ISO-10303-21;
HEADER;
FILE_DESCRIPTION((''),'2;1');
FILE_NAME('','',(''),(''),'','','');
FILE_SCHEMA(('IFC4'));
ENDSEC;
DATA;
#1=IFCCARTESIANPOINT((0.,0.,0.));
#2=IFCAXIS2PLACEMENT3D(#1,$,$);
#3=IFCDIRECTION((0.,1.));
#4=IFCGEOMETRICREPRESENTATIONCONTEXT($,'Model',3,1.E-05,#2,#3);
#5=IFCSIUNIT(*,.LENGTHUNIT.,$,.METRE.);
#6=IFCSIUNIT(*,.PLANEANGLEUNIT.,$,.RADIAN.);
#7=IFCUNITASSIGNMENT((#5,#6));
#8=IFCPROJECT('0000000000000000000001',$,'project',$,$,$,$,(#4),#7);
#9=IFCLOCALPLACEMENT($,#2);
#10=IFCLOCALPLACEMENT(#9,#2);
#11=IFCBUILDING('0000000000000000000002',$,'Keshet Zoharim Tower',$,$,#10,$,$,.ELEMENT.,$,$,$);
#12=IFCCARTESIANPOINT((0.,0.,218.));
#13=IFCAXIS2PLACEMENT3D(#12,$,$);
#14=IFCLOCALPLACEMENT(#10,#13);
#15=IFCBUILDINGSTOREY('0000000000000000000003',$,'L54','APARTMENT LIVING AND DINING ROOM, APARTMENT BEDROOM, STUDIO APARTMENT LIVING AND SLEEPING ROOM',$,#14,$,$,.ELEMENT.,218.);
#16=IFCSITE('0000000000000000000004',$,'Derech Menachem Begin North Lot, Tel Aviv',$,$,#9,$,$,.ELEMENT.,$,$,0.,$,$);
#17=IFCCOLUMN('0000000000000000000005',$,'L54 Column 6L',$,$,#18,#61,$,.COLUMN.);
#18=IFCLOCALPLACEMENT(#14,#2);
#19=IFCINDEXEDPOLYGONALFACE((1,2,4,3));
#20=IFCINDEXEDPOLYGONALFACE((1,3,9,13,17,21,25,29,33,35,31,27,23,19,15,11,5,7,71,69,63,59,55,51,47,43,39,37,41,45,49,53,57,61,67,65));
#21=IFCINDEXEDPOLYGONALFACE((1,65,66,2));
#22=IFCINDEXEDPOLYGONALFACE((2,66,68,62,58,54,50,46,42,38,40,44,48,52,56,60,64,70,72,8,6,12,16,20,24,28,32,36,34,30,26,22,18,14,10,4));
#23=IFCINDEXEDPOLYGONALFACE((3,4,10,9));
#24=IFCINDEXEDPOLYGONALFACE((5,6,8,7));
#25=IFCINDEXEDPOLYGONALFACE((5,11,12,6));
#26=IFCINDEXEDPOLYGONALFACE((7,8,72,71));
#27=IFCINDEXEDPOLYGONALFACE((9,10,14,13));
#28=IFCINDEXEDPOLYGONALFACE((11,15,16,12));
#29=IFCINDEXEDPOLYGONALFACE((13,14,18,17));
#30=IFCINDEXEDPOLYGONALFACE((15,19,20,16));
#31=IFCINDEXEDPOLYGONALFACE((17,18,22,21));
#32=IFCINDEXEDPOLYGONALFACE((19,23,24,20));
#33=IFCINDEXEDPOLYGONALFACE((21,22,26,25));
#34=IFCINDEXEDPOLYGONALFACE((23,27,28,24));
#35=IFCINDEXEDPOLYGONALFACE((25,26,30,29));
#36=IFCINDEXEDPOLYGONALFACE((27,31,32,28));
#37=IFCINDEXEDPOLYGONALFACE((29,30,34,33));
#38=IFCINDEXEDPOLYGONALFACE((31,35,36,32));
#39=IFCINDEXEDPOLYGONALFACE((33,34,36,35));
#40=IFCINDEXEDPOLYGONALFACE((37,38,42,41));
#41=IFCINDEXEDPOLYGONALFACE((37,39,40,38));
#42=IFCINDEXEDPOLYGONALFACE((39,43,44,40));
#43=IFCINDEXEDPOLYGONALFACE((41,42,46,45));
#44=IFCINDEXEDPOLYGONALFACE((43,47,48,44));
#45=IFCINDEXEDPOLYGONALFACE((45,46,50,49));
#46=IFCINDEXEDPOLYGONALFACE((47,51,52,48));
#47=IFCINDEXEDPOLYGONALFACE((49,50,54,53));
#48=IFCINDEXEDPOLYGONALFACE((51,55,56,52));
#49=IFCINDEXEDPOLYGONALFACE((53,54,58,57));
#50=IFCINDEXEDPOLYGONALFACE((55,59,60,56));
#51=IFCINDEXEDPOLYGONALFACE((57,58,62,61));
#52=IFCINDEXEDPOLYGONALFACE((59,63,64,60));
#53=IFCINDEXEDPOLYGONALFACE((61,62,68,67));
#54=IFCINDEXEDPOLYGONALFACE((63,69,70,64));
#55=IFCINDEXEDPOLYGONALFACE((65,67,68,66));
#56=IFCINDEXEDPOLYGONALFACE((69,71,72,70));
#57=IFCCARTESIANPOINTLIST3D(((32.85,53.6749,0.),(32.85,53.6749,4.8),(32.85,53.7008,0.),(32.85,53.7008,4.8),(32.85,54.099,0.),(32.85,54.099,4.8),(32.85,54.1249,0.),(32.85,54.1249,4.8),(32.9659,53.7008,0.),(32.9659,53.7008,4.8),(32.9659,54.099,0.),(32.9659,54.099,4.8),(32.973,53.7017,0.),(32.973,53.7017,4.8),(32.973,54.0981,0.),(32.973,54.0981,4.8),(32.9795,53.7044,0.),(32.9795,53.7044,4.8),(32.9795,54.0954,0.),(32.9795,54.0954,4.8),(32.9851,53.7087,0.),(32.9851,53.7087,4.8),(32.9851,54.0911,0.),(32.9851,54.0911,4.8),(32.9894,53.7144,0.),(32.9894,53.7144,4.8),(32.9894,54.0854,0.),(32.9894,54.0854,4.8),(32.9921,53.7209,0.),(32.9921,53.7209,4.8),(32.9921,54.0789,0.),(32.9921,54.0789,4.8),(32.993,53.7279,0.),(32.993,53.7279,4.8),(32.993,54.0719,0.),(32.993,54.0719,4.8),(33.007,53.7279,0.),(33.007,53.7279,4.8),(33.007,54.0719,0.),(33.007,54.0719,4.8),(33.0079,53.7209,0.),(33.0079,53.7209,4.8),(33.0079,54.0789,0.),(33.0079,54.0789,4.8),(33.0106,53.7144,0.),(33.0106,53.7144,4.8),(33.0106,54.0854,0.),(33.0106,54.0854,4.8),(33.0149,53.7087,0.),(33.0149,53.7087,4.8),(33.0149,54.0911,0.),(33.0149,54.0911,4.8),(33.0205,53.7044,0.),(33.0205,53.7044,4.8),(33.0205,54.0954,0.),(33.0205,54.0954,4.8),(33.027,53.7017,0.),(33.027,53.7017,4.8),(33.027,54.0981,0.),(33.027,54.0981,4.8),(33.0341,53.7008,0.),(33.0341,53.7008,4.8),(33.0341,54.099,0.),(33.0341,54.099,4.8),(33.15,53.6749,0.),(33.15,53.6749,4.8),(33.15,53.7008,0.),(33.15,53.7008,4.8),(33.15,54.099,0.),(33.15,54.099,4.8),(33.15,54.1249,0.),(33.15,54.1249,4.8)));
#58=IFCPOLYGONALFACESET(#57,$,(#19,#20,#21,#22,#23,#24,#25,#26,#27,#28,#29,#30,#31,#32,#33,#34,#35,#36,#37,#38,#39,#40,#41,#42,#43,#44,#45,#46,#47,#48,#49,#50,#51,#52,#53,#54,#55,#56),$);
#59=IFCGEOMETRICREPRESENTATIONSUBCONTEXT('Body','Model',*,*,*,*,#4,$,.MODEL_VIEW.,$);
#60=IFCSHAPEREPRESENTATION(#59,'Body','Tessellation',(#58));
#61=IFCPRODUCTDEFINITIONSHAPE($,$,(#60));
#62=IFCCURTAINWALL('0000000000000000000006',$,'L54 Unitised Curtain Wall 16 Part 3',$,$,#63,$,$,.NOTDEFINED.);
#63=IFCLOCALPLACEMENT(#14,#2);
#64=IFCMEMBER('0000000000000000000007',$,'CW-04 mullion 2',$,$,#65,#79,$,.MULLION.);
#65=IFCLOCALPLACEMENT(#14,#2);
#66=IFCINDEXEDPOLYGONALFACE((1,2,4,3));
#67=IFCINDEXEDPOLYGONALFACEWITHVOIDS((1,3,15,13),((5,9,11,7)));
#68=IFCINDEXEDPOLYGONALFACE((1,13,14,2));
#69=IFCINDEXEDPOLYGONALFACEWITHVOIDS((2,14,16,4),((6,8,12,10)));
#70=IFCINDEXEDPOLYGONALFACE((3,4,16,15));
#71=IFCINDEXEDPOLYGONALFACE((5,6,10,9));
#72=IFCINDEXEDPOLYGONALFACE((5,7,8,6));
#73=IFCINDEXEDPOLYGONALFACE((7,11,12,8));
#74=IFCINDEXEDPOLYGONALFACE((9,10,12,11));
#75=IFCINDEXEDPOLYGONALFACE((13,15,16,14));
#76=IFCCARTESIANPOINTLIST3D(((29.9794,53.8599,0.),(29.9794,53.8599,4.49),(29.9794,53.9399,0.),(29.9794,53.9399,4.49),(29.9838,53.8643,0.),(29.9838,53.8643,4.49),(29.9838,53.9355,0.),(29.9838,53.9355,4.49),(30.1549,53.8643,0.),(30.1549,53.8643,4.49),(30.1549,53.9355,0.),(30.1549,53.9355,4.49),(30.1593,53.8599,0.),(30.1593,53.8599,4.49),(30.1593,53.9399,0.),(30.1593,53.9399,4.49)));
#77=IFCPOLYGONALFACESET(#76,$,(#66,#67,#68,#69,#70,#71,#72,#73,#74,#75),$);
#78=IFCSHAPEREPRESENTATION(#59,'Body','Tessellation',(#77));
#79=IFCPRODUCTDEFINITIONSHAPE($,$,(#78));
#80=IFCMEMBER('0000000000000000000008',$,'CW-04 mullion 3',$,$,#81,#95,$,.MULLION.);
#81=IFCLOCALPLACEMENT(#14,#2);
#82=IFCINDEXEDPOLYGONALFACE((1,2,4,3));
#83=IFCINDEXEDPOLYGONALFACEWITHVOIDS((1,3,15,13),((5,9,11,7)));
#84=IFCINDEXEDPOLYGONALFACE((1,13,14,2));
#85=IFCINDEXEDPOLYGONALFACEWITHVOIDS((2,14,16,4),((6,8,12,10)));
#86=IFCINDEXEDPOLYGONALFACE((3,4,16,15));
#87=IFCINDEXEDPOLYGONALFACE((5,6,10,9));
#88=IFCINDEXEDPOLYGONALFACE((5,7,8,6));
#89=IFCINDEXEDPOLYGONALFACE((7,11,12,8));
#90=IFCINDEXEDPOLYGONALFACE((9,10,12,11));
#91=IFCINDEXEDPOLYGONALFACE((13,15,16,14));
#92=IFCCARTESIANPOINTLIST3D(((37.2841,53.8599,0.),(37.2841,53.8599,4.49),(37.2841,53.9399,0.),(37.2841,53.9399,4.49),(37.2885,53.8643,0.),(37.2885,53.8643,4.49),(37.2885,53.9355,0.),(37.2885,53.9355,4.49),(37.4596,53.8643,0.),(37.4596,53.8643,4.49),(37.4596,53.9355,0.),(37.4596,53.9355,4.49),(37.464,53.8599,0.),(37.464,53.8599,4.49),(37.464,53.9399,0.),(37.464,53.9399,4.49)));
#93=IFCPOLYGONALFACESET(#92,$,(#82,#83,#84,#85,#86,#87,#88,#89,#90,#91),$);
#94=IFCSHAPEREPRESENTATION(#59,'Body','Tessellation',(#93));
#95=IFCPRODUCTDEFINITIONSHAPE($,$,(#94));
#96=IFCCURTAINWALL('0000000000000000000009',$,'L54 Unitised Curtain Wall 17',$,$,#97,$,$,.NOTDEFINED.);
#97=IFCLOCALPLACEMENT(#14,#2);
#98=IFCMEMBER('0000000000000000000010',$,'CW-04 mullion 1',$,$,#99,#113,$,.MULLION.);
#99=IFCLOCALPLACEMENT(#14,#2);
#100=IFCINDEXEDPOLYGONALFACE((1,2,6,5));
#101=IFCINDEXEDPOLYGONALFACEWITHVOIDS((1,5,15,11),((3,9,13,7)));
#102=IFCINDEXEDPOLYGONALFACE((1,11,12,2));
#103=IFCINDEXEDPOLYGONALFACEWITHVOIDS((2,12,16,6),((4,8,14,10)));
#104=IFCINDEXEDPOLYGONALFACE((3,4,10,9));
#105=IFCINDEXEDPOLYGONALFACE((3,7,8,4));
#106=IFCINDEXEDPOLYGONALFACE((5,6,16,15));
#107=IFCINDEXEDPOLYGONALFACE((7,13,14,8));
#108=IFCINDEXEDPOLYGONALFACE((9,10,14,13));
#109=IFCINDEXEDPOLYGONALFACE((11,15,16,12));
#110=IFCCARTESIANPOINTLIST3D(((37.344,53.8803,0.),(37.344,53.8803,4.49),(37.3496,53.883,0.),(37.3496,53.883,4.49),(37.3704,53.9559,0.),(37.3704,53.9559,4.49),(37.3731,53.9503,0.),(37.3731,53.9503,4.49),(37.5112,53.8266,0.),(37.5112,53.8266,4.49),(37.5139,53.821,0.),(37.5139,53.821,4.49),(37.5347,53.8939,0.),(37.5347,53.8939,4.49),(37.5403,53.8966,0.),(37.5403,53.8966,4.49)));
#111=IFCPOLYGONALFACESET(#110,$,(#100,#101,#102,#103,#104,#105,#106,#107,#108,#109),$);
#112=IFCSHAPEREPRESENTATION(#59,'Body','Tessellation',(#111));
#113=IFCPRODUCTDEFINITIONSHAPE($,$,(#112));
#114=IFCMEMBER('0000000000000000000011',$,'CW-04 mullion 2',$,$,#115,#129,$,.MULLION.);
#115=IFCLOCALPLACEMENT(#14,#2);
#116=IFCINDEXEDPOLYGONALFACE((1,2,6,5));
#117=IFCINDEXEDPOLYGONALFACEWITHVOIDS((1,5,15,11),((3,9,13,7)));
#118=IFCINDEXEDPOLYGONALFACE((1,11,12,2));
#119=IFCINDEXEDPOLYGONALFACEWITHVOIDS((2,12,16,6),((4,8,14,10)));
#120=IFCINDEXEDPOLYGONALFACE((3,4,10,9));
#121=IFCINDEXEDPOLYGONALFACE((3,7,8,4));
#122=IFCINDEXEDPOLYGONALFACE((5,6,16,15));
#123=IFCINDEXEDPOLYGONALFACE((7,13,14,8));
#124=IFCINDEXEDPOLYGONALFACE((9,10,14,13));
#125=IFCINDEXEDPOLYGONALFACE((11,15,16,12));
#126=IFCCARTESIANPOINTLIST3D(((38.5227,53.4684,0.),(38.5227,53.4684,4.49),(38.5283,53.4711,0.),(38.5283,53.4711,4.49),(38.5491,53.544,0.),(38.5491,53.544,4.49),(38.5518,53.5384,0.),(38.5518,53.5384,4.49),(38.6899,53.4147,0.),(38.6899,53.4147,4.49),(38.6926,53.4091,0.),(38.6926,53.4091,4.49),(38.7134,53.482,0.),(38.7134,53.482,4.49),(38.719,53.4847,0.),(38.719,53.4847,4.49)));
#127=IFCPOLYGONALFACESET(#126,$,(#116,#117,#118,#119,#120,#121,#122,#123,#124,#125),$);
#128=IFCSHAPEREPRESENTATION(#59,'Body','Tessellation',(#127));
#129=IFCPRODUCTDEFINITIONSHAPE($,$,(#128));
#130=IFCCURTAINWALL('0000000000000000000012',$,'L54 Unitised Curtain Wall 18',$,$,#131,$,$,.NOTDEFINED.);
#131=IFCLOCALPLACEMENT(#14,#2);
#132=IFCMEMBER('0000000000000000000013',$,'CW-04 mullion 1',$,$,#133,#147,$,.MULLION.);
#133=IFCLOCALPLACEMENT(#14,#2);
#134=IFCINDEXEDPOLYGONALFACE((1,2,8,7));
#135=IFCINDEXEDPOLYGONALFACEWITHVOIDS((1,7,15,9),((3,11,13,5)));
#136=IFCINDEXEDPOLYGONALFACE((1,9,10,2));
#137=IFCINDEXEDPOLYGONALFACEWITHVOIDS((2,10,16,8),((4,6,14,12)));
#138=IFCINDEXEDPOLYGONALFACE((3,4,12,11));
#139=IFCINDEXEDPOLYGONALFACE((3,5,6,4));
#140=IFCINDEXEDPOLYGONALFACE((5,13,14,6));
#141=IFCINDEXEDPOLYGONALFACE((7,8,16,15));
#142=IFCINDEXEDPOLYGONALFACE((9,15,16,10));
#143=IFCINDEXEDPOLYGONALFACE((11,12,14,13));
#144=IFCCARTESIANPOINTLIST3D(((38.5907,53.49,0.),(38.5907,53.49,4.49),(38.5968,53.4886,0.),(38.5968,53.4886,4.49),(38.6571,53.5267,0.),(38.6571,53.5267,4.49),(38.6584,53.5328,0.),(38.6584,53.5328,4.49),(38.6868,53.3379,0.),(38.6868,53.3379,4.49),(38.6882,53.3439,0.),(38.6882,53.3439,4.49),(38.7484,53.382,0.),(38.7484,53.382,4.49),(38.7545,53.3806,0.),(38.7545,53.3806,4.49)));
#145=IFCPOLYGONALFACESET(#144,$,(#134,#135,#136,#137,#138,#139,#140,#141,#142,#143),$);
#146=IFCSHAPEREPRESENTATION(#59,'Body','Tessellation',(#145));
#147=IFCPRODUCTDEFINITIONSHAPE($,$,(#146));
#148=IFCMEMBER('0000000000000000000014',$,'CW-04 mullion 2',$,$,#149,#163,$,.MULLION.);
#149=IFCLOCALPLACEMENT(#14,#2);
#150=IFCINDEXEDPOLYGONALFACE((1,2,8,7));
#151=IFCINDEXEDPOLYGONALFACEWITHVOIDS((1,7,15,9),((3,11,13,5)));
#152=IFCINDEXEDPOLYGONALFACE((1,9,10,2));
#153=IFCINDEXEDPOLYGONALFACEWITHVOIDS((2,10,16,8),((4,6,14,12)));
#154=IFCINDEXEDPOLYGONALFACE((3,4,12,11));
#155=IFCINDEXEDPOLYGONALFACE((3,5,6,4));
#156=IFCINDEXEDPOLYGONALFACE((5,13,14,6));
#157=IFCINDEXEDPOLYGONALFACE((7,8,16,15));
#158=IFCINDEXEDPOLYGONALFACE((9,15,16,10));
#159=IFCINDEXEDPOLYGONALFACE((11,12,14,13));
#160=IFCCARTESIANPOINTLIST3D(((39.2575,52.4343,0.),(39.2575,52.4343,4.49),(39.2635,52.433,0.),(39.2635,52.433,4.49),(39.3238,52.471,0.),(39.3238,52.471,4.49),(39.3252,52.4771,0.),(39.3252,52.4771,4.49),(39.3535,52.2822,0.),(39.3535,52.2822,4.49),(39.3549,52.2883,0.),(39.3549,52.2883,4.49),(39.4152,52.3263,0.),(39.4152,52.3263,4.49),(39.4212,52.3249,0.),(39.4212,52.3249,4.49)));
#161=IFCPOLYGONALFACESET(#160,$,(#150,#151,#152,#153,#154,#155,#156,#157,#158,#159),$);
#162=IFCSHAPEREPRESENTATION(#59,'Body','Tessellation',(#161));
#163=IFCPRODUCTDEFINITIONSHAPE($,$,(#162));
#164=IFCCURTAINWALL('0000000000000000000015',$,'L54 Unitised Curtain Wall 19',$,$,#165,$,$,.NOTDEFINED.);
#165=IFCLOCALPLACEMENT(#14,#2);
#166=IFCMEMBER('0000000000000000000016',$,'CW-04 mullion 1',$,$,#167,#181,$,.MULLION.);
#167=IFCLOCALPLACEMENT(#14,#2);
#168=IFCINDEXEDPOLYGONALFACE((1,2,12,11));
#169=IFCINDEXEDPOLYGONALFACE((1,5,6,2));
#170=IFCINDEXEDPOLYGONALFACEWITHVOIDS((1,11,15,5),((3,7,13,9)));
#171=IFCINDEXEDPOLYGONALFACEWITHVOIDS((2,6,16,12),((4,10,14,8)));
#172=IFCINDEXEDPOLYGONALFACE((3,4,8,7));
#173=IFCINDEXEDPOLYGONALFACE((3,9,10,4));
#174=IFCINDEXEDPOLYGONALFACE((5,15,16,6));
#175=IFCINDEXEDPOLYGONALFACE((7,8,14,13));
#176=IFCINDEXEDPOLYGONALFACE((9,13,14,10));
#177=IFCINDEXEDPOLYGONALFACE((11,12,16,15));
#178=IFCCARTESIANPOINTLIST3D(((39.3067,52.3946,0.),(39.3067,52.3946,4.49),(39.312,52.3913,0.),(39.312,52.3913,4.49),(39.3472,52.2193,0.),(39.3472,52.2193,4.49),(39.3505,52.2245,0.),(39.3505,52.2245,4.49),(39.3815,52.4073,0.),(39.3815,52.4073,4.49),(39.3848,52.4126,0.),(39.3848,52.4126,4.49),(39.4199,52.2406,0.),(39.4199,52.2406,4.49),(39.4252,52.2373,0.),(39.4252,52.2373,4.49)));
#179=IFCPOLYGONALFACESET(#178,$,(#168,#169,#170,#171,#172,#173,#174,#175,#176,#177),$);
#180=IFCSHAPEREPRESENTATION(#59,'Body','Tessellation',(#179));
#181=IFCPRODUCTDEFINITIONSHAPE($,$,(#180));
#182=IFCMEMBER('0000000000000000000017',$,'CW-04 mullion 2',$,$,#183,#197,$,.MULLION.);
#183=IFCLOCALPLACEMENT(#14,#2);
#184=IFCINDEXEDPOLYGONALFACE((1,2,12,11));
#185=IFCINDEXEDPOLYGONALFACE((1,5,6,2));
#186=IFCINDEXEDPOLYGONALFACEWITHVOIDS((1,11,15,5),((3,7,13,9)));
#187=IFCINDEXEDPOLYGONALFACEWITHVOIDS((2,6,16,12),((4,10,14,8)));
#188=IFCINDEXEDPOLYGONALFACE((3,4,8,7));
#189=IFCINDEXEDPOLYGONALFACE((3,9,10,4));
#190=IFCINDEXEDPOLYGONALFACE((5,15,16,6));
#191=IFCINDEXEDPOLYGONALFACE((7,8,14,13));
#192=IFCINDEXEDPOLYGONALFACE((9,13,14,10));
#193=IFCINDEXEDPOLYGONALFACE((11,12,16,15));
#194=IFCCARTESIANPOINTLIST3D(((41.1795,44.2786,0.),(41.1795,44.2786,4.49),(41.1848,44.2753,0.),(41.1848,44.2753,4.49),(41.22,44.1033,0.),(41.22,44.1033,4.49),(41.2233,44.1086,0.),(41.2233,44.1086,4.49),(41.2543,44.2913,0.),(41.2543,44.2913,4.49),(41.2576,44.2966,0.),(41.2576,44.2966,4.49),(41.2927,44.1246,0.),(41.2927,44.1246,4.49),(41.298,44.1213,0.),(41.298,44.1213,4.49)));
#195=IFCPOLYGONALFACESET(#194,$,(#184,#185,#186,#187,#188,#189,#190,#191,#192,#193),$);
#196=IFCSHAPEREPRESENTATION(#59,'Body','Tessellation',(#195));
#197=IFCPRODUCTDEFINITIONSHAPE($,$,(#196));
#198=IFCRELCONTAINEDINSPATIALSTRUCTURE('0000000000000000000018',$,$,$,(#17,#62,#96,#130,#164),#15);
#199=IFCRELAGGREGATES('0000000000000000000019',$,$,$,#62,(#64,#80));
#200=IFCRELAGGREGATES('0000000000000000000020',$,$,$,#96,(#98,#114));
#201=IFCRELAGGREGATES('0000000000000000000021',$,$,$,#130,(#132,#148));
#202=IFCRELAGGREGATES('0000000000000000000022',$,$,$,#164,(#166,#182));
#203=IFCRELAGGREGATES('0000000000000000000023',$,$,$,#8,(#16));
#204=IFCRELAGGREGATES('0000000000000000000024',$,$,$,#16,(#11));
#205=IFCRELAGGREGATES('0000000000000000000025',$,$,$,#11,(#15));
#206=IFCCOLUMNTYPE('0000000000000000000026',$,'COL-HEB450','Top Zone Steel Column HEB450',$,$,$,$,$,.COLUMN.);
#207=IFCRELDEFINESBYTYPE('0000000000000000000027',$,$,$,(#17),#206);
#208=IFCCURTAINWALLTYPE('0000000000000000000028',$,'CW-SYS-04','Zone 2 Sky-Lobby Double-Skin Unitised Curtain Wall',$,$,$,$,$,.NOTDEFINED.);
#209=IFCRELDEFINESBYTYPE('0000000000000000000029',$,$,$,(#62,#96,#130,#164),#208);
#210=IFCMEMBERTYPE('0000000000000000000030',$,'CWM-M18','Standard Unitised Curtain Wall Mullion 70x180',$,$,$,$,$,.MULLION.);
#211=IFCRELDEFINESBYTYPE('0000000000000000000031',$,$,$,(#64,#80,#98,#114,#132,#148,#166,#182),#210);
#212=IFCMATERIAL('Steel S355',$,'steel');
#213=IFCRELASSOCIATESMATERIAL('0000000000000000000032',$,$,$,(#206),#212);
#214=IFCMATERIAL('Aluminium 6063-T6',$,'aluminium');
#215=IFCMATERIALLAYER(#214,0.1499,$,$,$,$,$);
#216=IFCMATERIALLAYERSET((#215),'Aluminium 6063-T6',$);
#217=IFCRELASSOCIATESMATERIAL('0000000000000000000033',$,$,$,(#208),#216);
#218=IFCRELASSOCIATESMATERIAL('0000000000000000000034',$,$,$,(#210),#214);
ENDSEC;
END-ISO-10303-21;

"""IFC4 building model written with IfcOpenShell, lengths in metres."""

from ifc_helpers import new_model, si_unit, direction, frame, origin, origin_2d, place, context, subcontext, project, spatial, hollow_rectangle, i_section, extrude, material, layer, layer_set, material_profile, profile_set, type_object, element, aggregate, save


model = new_model("IFC4")

# Units and contexts
model_context = context("Model", 3, precision=1e-05, world=origin(), true_north=direction((0.0, 1.0)))
body_context = subcontext(model_context, "Body", "Model", "MODEL_VIEW")
ifc_project = project(units=[si_unit("LENGTHUNIT", "METRE"), si_unit("PLANEANGLEUNIT", "RADIAN")], contexts=[model_context])

# Site, building, storey
site_placement = place(None, origin())
site = spatial("IfcSite", under=ifc_project, at=site_placement, Name="Derech Menachem Begin North Lot, Tel Aviv", CompositionType="ELEMENT", RefElevation=0.0)
building_placement = place(site_placement, origin())
building = spatial("IfcBuilding", under=site, at=building_placement, Name="Keshet Zoharim Tower", CompositionType="ELEMENT")
storey_placement = place(building_placement, frame((0.0, 0.0, 218.0)))
storey = spatial("IfcBuildingStorey", under=building, at=storey_placement, Name="L54", Description="APARTMENT LIVING AND DINING ROOM, APARTMENT BEDROOM, STUDIO APARTMENT LIVING AND SLEEPING ROOM", CompositionType="ELEMENT", Elevation=218.0)

# Column
ifc_material_1 = material(Name="Steel S355", Category="steel")
ifc_material_profile_1 = material_profile(ifc_material_1, i_section(OverallWidth=0.3, OverallDepth=0.45, WebThickness=0.0139, FlangeThickness=0.0259, FilletRadius=0.0271, at=origin_2d()), Name="HEB450")
ifc_profile_set_1 = profile_set([ifc_material_profile_1], Name="Steel S355")
column_type = type_object("IfcColumnType", Name="COL-HEB450", Description="Top Zone Steel Column HEB450", PredefinedType="COLUMN", material=ifc_profile_set_1)
column_placement = place(storey_placement, frame((33.0, 53.8999, 0.0), z_axis=(0.0, 0.0, 1.0), x_axis=(1.0, 0.0, 0.0)))
element("IfcColumn", 1, at=column_placement, inside=storey, type_object=column_type, Name="L54 Column 6L", PredefinedType="COLUMN", context=body_context, shape_type="SweptSolid", body=[
    extrude(i_section(OverallWidth=0.3, OverallDepth=0.45, WebThickness=0.0139, FlangeThickness=0.0259, FilletRadius=0.0271, at=origin_2d()), origin(), (0.0, 0.0, 1.0), 4.8),
])

# Curtain walls, members
ifc_material_2 = material(Name="Aluminium 6063-T6", Category="aluminium")
ifc_layer_1 = layer(ifc_material_2, 0.1499)
ifc_layer_set_1 = layer_set([ifc_layer_1], Name="Aluminium 6063-T6")
curtain_wall_type = type_object("IfcCurtainWallType", Name="CW-SYS-04", Description="Zone 2 Sky-Lobby Double-Skin Unitised Curtain Wall", PredefinedType="NOTDEFINED", material=ifc_layer_set_1)
curtain_wall_1_placement = place(storey_placement, origin())
curtain_wall_1 = element("IfcCurtainWall", 2, at=curtain_wall_1_placement, inside=storey, type_object=curtain_wall_type, Name="L54 Unitised Curtain Wall 16 Part 3", PredefinedType="NOTDEFINED")
ifc_material_profile_2 = material_profile(ifc_material_2, hollow_rectangle(XDim=0.0801, YDim=0.1799, WallThickness=0.0044, at=origin_2d()), Name="MUL-80x180")
ifc_profile_set_2 = profile_set([ifc_material_profile_2], Name="Aluminium 6063-T6")
member_type_1 = type_object("IfcMemberType", Name="CWM-M18", Description="Standard Unitised Curtain Wall Mullion 70x180", PredefinedType="MULLION", material=ifc_profile_set_2)
member_1_placement = place(storey_placement, frame((30.0693, 53.8999, 0.0), z_axis=(0.0, 0.0, 1.0), x_axis=(0.0, 1.0, 0.0)))
member_1 = element("IfcMember", 3, at=member_1_placement, type_object=member_type_1, Name="CW-04 mullion 2", PredefinedType="MULLION", context=body_context, shape_type="SweptSolid", body=[
    extrude(hollow_rectangle(XDim=0.0801, YDim=0.1799, WallThickness=0.0044, at=origin_2d()), origin(), (0.0, 0.0, 1.0), 4.49),
])
member_2_placement = place(storey_placement, frame((37.374, 53.8999, 0.0), z_axis=(0.0, 0.0, 1.0), x_axis=(0.0, 1.0, 0.0)))
member_2 = element("IfcMember", 4, at=member_2_placement, type_object=member_type_1, Name="CW-04 mullion 3", PredefinedType="MULLION", context=body_context, shape_type="SweptSolid", body=[
    extrude(hollow_rectangle(XDim=0.0801, YDim=0.1799, WallThickness=0.0044, at=origin_2d()), origin(), (0.0, 0.0, 1.0), 4.49),
])
curtain_wall_2_placement = place(storey_placement, origin())
curtain_wall_2 = element("IfcCurtainWall", 5, at=curtain_wall_2_placement, inside=storey, type_object=curtain_wall_type, Name="L54 Unitised Curtain Wall 17", PredefinedType="NOTDEFINED")
member_3_placement = place(storey_placement, frame((37.4421, 53.8884, 0.0), z_axis=(0.0, 0.0, 1.0), x_axis=(0.329844, 0.944036, 0.0)))
member_3 = element("IfcMember", 6, at=member_3_placement, type_object=member_type_1, Name="CW-04 mullion 1", PredefinedType="MULLION", context=body_context, shape_type="SweptSolid", body=[
    extrude(hollow_rectangle(XDim=0.0801, YDim=0.1799, WallThickness=0.0044, at=origin_2d()), origin(), (0.0, 0.0, 1.0), 4.49),
])
member_4_placement = place(storey_placement, frame((38.6208, 53.4766, 0.0), z_axis=(0.0, 0.0, 1.0), x_axis=(0.329844, 0.944036, 0.0)))
member_4 = element("IfcMember", 7, at=member_4_placement, type_object=member_type_1, Name="CW-04 mullion 2", PredefinedType="MULLION", context=body_context, shape_type="SweptSolid", body=[
    extrude(hollow_rectangle(XDim=0.0801, YDim=0.1799, WallThickness=0.0044, at=origin_2d()), origin(), (0.0, 0.0, 1.0), 4.49),
])
curtain_wall_3_placement = place(storey_placement, origin())
curtain_wall_3 = element("IfcCurtainWall", 8, at=curtain_wall_3_placement, inside=storey, type_object=curtain_wall_type, Name="L54 Unitised Curtain Wall 18", PredefinedType="NOTDEFINED")
member_5_placement = place(storey_placement, frame((38.6726, 53.4353, 0.0), z_axis=(0.0, 0.0, 1.0), x_axis=(0.845561, 0.533879, 0.0)))
member_5 = element("IfcMember", 9, at=member_5_placement, type_object=member_type_1, Name="CW-04 mullion 1", PredefinedType="MULLION", context=body_context, shape_type="SweptSolid", body=[
    extrude(hollow_rectangle(XDim=0.0801, YDim=0.1799, WallThickness=0.0044, at=origin_2d()), origin(), (0.0, 0.0, 1.0), 4.49),
])
member_6_placement = place(storey_placement, frame((39.3394, 52.3796, 0.0), z_axis=(0.0, 0.0, 1.0), x_axis=(0.845561, 0.533879, 0.0)))
member_6 = element("IfcMember", 10, at=member_6_placement, type_object=member_type_1, Name="CW-04 mullion 2", PredefinedType="MULLION", context=body_context, shape_type="SweptSolid", body=[
    extrude(hollow_rectangle(XDim=0.0801, YDim=0.1799, WallThickness=0.0044, at=origin_2d()), origin(), (0.0, 0.0, 1.0), 4.49),
])
curtain_wall_4_placement = place(storey_placement, origin())
curtain_wall_4 = element("IfcCurtainWall", 11, at=curtain_wall_4_placement, inside=storey, type_object=curtain_wall_type, Name="L54 Unitised Curtain Wall 19", PredefinedType="NOTDEFINED")
member_7_placement = place(storey_placement, frame((39.366, 52.3159, 0.0), z_axis=(0.0, 0.0, 1.0), x_axis=(0.974394, 0.224848, 0.0)))
member_7 = element("IfcMember", 12, at=member_7_placement, type_object=member_type_1, Name="CW-04 mullion 1", PredefinedType="MULLION", context=body_context, shape_type="SweptSolid", body=[
    extrude(hollow_rectangle(XDim=0.0801, YDim=0.1799, WallThickness=0.0044, at=origin_2d()), origin(), (0.0, 0.0, 1.0), 4.49),
])
member_8_placement = place(storey_placement, frame((41.2388, 44.2, 0.0), z_axis=(0.0, 0.0, 1.0), x_axis=(0.974394, 0.224848, 0.0)))
member_8 = element("IfcMember", 13, at=member_8_placement, type_object=member_type_1, Name="CW-04 mullion 2", PredefinedType="MULLION", context=body_context, shape_type="SweptSolid", body=[
    extrude(hollow_rectangle(XDim=0.0801, YDim=0.1799, WallThickness=0.0044, at=origin_2d()), origin(), (0.0, 0.0, 1.0), 4.49),
])

aggregate(curtain_wall_1, [member_1, member_2])
aggregate(curtain_wall_2, [member_3, member_4])
aggregate(curtain_wall_3, [member_5, member_6])
aggregate(curtain_wall_4, [member_7, member_8])

save(model, "model.ifc")
